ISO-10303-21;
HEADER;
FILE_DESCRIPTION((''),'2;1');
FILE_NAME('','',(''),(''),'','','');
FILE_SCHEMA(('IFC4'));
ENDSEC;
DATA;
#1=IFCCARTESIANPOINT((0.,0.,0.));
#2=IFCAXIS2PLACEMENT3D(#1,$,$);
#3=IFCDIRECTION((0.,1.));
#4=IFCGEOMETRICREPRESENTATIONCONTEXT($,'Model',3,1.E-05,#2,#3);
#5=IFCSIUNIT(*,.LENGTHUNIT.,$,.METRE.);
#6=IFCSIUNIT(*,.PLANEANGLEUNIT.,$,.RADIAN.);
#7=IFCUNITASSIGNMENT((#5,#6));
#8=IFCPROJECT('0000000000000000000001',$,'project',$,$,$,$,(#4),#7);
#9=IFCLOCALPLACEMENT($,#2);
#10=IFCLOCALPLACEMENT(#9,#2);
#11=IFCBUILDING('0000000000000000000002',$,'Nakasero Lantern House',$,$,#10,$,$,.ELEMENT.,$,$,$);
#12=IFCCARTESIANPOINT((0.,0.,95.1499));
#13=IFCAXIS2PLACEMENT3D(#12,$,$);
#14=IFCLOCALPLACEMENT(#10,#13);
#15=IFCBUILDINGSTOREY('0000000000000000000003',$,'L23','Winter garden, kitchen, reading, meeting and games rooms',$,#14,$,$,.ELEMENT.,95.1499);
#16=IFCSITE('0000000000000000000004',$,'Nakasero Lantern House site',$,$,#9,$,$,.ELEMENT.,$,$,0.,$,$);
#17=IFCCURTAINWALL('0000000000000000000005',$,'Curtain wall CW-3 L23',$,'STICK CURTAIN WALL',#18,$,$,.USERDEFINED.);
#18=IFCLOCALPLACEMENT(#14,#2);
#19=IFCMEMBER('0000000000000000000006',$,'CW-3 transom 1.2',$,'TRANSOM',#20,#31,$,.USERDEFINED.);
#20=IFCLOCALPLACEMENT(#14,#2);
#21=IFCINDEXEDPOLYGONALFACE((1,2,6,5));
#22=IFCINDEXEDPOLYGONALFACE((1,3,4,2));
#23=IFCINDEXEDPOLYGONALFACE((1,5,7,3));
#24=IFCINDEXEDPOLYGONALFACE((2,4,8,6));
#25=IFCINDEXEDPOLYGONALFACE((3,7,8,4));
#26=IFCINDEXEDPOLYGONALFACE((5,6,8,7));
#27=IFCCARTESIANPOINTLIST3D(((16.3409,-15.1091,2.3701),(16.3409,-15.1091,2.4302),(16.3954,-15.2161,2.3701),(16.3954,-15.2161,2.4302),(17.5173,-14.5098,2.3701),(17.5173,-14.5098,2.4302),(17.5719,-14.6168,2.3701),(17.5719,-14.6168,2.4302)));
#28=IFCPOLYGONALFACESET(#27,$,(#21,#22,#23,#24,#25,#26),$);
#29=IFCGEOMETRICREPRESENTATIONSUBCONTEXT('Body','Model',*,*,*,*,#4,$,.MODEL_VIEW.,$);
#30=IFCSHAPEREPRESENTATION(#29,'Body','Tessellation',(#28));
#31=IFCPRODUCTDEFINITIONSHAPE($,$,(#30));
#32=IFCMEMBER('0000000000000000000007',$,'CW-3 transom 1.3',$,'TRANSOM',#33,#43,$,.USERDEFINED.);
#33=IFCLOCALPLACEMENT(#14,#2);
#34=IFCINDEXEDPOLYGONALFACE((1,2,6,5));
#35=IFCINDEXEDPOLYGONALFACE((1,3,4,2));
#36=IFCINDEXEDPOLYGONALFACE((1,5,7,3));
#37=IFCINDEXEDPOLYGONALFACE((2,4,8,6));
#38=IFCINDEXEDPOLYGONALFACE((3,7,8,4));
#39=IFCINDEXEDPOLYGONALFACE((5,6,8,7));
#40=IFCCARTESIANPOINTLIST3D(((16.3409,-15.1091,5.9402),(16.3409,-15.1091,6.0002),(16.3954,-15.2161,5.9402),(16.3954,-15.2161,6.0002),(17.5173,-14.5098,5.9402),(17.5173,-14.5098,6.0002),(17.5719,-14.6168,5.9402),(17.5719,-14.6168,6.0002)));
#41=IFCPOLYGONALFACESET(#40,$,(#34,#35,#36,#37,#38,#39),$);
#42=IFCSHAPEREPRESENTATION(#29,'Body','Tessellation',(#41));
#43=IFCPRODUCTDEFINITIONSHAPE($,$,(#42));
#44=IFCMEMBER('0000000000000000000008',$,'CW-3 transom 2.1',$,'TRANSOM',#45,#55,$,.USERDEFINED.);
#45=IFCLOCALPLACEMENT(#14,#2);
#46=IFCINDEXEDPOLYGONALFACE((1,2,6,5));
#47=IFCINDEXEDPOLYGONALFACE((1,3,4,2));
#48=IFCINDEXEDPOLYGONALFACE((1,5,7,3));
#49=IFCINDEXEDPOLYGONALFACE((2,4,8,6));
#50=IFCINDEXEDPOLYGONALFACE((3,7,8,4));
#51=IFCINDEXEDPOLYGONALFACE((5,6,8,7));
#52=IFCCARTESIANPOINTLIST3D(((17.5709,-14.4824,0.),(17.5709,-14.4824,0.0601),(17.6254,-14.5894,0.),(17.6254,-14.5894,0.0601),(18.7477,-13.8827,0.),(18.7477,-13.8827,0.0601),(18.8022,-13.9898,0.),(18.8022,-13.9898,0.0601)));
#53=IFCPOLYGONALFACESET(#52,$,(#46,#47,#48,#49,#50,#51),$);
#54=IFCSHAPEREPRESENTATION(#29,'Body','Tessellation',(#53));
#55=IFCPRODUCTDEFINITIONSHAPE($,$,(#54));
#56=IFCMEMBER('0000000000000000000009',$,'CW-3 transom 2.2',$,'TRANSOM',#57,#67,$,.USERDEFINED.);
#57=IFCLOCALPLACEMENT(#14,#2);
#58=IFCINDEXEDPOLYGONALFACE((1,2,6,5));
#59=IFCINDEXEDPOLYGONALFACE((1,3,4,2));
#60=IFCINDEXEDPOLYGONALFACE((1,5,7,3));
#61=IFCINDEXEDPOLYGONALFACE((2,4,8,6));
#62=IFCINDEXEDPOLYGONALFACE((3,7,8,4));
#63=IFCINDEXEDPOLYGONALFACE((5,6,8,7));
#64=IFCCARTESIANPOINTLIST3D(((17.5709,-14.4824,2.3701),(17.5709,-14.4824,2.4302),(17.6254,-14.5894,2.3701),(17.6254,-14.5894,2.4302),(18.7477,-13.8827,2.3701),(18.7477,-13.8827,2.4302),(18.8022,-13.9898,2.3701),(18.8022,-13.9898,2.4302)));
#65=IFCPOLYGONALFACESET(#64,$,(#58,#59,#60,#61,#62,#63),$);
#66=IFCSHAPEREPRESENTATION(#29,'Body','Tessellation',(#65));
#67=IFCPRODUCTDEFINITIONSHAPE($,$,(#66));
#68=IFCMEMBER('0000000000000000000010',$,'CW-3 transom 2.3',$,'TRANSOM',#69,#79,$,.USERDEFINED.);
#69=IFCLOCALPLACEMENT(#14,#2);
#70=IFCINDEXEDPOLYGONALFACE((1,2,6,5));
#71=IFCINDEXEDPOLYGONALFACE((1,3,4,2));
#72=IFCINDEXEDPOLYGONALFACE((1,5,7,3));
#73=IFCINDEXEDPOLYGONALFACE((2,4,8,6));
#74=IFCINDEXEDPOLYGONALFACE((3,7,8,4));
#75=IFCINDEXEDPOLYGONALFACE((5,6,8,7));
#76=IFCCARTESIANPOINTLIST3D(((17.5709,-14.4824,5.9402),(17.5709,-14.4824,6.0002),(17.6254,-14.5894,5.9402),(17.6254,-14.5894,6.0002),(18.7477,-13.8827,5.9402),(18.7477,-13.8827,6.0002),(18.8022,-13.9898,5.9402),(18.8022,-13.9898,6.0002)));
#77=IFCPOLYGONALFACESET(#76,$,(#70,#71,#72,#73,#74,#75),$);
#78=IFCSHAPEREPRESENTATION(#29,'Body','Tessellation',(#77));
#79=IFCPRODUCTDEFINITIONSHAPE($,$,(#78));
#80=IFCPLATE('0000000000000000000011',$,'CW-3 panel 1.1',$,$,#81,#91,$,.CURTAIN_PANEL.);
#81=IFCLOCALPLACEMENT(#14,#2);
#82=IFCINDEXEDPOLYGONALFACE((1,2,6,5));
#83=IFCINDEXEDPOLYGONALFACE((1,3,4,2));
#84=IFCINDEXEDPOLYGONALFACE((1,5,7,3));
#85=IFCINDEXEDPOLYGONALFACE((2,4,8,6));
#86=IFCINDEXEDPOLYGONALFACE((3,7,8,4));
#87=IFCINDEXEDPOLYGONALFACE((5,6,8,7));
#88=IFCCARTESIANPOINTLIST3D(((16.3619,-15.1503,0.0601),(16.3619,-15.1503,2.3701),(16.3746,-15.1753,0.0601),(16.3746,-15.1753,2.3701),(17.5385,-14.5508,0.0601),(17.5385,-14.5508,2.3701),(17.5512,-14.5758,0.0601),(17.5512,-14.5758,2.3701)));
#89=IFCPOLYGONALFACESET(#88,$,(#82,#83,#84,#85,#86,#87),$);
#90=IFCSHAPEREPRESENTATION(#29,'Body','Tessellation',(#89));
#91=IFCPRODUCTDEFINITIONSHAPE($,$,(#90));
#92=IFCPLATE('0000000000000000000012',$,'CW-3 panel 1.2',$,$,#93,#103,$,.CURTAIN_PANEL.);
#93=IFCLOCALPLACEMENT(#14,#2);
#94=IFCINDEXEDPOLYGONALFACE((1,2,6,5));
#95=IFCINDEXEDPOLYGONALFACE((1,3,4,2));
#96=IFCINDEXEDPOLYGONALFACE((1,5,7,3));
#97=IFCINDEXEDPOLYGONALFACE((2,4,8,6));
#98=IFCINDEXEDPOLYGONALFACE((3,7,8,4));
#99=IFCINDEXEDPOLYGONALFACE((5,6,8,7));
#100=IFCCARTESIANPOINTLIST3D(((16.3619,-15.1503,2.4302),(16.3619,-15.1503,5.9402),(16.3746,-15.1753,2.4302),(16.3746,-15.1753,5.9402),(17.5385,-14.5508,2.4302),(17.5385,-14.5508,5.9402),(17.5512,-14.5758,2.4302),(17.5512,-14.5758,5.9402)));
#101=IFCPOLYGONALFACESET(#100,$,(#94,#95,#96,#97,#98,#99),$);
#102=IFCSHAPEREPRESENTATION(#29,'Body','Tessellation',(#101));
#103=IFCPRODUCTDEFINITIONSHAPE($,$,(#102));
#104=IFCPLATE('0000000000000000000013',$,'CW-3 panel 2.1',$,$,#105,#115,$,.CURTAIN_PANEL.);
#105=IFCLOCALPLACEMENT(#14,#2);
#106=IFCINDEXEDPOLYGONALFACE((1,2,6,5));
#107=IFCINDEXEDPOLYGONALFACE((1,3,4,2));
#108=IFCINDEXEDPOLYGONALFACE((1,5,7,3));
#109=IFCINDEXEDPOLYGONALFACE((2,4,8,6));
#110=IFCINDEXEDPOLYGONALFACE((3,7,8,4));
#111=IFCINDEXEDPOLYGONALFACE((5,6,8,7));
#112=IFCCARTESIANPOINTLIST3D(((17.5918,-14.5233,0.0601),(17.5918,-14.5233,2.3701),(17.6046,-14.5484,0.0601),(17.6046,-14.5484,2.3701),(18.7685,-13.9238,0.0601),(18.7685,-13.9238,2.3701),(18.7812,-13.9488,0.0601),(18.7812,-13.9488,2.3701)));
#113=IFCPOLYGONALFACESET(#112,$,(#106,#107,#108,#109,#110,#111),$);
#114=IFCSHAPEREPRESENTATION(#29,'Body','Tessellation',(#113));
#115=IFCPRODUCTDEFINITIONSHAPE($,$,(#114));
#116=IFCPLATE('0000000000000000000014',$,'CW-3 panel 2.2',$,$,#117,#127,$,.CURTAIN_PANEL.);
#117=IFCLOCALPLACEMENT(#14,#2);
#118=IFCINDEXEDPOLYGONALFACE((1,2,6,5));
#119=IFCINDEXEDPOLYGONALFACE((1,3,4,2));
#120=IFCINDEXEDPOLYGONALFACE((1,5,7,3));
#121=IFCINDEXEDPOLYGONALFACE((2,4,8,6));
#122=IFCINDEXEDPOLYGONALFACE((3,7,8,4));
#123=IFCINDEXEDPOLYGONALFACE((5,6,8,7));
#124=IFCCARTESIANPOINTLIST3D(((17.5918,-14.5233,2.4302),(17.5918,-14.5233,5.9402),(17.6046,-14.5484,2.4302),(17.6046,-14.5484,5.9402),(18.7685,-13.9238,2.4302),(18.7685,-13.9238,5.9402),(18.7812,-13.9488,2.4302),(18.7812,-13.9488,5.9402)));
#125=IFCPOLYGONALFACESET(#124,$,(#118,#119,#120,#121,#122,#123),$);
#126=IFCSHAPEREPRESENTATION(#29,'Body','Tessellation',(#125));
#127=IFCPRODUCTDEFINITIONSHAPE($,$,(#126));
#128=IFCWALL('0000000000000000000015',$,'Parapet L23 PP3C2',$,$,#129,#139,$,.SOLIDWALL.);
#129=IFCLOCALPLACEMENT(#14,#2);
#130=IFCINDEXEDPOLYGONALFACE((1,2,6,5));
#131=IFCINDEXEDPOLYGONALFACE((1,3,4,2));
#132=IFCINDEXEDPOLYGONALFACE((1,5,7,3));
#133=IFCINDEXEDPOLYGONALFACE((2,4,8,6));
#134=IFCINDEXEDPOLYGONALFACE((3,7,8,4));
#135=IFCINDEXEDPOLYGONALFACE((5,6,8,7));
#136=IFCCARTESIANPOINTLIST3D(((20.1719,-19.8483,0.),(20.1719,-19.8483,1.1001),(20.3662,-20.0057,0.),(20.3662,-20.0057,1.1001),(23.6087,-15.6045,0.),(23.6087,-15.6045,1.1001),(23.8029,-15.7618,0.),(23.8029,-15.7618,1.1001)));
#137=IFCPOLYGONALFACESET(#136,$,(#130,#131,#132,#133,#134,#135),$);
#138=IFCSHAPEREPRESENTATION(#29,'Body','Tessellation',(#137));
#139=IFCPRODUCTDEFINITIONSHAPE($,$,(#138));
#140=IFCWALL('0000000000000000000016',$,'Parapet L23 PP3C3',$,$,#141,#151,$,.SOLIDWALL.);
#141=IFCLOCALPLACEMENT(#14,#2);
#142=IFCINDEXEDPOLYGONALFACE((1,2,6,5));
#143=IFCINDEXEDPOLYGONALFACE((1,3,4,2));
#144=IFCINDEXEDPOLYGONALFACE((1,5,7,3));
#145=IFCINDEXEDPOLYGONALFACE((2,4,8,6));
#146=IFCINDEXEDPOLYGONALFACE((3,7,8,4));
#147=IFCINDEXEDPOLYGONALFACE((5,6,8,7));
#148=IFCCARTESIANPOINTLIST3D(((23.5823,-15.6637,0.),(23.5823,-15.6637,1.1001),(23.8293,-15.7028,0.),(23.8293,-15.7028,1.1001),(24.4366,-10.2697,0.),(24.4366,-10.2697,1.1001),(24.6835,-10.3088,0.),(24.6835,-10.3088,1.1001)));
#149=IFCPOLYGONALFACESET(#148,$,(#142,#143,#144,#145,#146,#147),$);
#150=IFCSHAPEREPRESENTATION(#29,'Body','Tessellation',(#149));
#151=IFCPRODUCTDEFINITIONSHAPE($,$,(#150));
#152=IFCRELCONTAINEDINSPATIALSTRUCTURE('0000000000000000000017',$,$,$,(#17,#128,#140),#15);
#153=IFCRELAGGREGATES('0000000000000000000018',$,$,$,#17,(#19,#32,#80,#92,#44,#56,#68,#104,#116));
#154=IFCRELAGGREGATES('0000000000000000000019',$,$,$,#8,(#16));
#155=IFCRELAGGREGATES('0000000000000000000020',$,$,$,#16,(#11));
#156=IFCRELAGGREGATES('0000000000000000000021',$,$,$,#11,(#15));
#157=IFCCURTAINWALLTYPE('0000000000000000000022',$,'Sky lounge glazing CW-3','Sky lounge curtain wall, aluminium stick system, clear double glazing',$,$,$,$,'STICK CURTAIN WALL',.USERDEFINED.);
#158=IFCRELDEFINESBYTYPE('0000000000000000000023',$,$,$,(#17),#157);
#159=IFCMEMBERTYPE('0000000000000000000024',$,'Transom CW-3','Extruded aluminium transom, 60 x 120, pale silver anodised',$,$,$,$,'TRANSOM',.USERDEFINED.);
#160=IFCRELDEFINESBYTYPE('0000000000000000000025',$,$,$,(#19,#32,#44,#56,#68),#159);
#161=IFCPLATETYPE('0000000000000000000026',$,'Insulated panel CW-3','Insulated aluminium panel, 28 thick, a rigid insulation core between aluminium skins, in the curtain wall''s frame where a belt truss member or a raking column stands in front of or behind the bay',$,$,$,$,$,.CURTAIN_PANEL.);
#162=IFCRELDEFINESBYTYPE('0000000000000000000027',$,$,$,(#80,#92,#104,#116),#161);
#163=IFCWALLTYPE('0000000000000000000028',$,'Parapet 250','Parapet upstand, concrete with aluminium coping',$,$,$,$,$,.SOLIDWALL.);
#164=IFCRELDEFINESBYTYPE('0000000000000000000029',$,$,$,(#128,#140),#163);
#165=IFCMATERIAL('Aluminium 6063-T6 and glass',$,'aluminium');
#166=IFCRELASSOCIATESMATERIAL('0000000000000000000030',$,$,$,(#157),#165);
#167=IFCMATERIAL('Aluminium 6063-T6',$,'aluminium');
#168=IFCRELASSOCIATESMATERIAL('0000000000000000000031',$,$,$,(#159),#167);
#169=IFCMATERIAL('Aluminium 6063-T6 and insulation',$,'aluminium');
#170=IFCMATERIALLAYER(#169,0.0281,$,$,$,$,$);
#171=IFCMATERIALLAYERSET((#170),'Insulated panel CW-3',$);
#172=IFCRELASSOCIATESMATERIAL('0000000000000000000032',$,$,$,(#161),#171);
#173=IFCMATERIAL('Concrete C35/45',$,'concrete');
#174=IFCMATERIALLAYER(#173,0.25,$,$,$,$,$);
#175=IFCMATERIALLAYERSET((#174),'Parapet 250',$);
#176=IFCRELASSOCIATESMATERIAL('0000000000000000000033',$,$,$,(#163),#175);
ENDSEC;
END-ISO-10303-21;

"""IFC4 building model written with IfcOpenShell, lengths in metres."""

from ifc_helpers import new_model, si_unit, direction, frame, frame_2d, origin, origin_2d, place, context, subcontext, project, spatial, rectangle, extrude, material, layer, layer_set, material_profile, profile_set, type_object, element, aggregate, save


model = new_model("IFC4")

# Units and contexts
model_context = context("Model", 3, precision=1e-05, world=origin(), true_north=direction((0.0, 1.0)))
body_context = subcontext(model_context, "Body", "Model", "MODEL_VIEW")
ifc_project = project(units=[si_unit("LENGTHUNIT", "METRE"), si_unit("PLANEANGLEUNIT", "RADIAN")], contexts=[model_context])

# Site, building, storey
site_placement = place(None, origin())
site = spatial("IfcSite", under=ifc_project, at=site_placement, Name="Nakasero Lantern House site", CompositionType="ELEMENT", RefElevation=0.0)
building_placement = place(site_placement, origin())
building = spatial("IfcBuilding", under=site, at=building_placement, Name="Nakasero Lantern House", CompositionType="ELEMENT")
storey_placement = place(building_placement, frame((0.0, 0.0, 95.1499)))
storey = spatial("IfcBuildingStorey", under=building, at=storey_placement, Name="L23", Description="Winter garden, kitchen, reading, meeting and games rooms", CompositionType="ELEMENT", Elevation=95.1499)

# Shared definitions
ifc_material_1 = material(Name="Aluminium 6063-T6 and glass", Category="aluminium")
curtain_wall_type = type_object("IfcCurtainWallType", Name="Sky lounge glazing CW-3", Description="Sky lounge curtain wall, aluminium stick system, clear double glazing", ElementType="STICK CURTAIN WALL", PredefinedType="USERDEFINED", material=ifc_material_1)

# Curtain wall
curtain_wall_1_placement = place(storey_placement, origin())
curtain_wall_1 = element("IfcCurtainWall", 1, at=curtain_wall_1_placement, inside=storey, type_object=curtain_wall_type, Name="Curtain wall CW-3 L23", ObjectType="STICK CURTAIN WALL", PredefinedType="USERDEFINED")

# Members
ifc_material_2 = material(Name="Aluminium 6063-T6", Category="aluminium")
ifc_material_profile_1 = material_profile(ifc_material_2, rectangle(XDim=0.0601, YDim=0.1201, at=origin_2d()), Name="CW-3 transom 60x120")
ifc_profile_set_1 = profile_set([ifc_material_profile_1], Name="Aluminium 6063-T6")
member_type_1 = type_object("IfcMemberType", Name="Transom CW-3", Description="Extruded aluminium transom, 60 x 120, pale silver anodised", ElementType="TRANSOM", PredefinedType="USERDEFINED", material=ifc_profile_set_1)
member_1_placement = place(storey_placement, frame((16.3682, -15.1626, 2.4001), z_axis=(0.891037, 0.453931, 0.0), x_axis=(0.0, 0.0, 1.0)))
member_1 = element("IfcMember", 2, at=member_1_placement, type_object=member_type_1, Name="CW-3 transom 1.2", ObjectType="TRANSOM", PredefinedType="USERDEFINED", context=body_context, shape_type="SweptSolid", body=[
    extrude(rectangle(XDim=0.0601, YDim=0.1201, at=origin_2d()), origin(), (0.0, 0.0, 1.0), 1.3203),
])
member_2_placement = place(storey_placement, frame((16.3682, -15.1626, 5.9702), z_axis=(0.891037, 0.453931, 0.0), x_axis=(0.0, 0.0, 1.0)))
member_2 = element("IfcMember", 3, at=member_2_placement, type_object=member_type_1, Name="CW-3 transom 1.3", ObjectType="TRANSOM", PredefinedType="USERDEFINED", context=body_context, shape_type="SweptSolid", body=[
    extrude(rectangle(XDim=0.0601, YDim=0.1201, at=origin_2d()), origin(), (0.0, 0.0, 1.0), 1.3203),
])
member_3_placement = place(storey_placement, frame((17.5981, -14.5359, 0.03), z_axis=(0.891, 0.454003, 0.0), x_axis=(0.0, 0.0, 1.0)))
member_3 = element("IfcMember", 4, at=member_3_placement, type_object=member_type_1, Name="CW-3 transom 2.1", ObjectType="TRANSOM", PredefinedType="USERDEFINED", context=body_context, shape_type="SweptSolid", body=[
    extrude(rectangle(XDim=0.0601, YDim=0.1201, at=origin_2d()), origin(), (0.0, 0.0, 1.0), 1.3208),
])
member_4_placement = place(storey_placement, frame((17.5981, -14.5359, 2.4001), z_axis=(0.891, 0.454003, 0.0), x_axis=(0.0, 0.0, 1.0)))
member_4 = element("IfcMember", 5, at=member_4_placement, type_object=member_type_1, Name="CW-3 transom 2.2", ObjectType="TRANSOM", PredefinedType="USERDEFINED", context=body_context, shape_type="SweptSolid", body=[
    extrude(rectangle(XDim=0.0601, YDim=0.1201, at=origin_2d()), origin(), (0.0, 0.0, 1.0), 1.3208),
])
member_5_placement = place(storey_placement, frame((17.5981, -14.5359, 5.9702), z_axis=(0.891, 0.454003, 0.0), x_axis=(0.0, 0.0, 1.0)))
member_5 = element("IfcMember", 6, at=member_5_placement, type_object=member_type_1, Name="CW-3 transom 2.3", ObjectType="TRANSOM", PredefinedType="USERDEFINED", context=body_context, shape_type="SweptSolid", body=[
    extrude(rectangle(XDim=0.0601, YDim=0.1201, at=origin_2d()), origin(), (0.0, 0.0, 1.0), 1.3208),
])

# Plates
ifc_material_3 = material(Name="Aluminium 6063-T6 and insulation", Category="aluminium")
ifc_layer_1 = layer(ifc_material_3, 0.0281)
ifc_layer_set_1 = layer_set([ifc_layer_1], Name="Insulated panel CW-3")
plate_type = type_object("IfcPlateType", Name="Insulated panel CW-3", Description="Insulated aluminium panel, 28 thick, a rigid insulation core between aluminium skins, in the curtain wall's frame where a belt truss member or a raking column stands in front of or behind the bay", PredefinedType="CURTAIN_PANEL", material=ifc_layer_set_1)
plate_1_placement = place(storey_placement, frame((16.9565, -14.863, 0.0601), z_axis=(0.0, 0.0, 1.0), x_axis=(0.891007, 0.45399, 0.0)))
plate_1 = element("IfcPlate", 7, at=plate_1_placement, type_object=plate_type, Name="CW-3 panel 1.1", PredefinedType="CURTAIN_PANEL", context=body_context, shape_type="SweptSolid", body=[
    extrude(rectangle(XDim=1.3206, YDim=0.0281, at=origin_2d()), origin(), (0.0, 0.0, 1.0), 2.3101),
])
plate_2_placement = place(storey_placement, frame((16.9565, -14.863, 2.4302), z_axis=(0.0, 0.0, 1.0), x_axis=(0.891007, 0.45399, 0.0)))
plate_2 = element("IfcPlate", 8, at=plate_2_placement, type_object=plate_type, Name="CW-3 panel 1.2", PredefinedType="CURTAIN_PANEL", context=body_context, shape_type="SweptSolid", body=[
    extrude(rectangle(XDim=1.3206, YDim=0.0281, at=origin_2d()), origin(), (0.0, 0.0, 1.0), 3.51),
])
plate_3_placement = place(storey_placement, frame((18.1865, -14.2361, 0.0601), z_axis=(0.0, 0.0, 1.0), x_axis=(0.891007, 0.45399, 0.0)))
plate_3 = element("IfcPlate", 9, at=plate_3_placement, type_object=plate_type, Name="CW-3 panel 2.1", PredefinedType="CURTAIN_PANEL", context=body_context, shape_type="SweptSolid", body=[
    extrude(rectangle(XDim=1.3206, YDim=0.0281, at=origin_2d()), origin(), (0.0, 0.0, 1.0), 2.3101),
])
plate_4_placement = place(storey_placement, frame((18.1865, -14.2361, 2.4302), z_axis=(0.0, 0.0, 1.0), x_axis=(0.891007, 0.45399, 0.0)))
plate_4 = element("IfcPlate", 10, at=plate_4_placement, type_object=plate_type, Name="CW-3 panel 2.2", PredefinedType="CURTAIN_PANEL", context=body_context, shape_type="SweptSolid", body=[
    extrude(rectangle(XDim=1.3206, YDim=0.0281, at=origin_2d()), origin(), (0.0, 0.0, 1.0), 3.51),
])
aggregate(curtain_wall_1, [member_1, member_2, plate_1, plate_2, member_3, member_4, member_5, plate_3, plate_4])

# Walls
ifc_material_4 = material(Name="Concrete C35/45", Category="concrete")
ifc_layer_2 = layer(ifc_material_4, 0.25)
ifc_layer_set_2 = layer_set([ifc_layer_2], Name="Parapet 250")
wall_type = type_object("IfcWallType", Name="Parapet 250", Description="Parapet upstand, concrete with aluminium coping", PredefinedType="SOLIDWALL", material=ifc_layer_set_2)
wall_1_placement = place(storey_placement, frame((20.269, -19.927, 0.0), z_axis=(0.0, 0.0, 1.0), x_axis=(0.629335, 0.777135, 0.0)))
element("IfcWall", 11, at=wall_1_placement, inside=storey, type_object=wall_type, Name="Parapet L23 PP3C2", PredefinedType="SOLIDWALL", context=body_context, shape_type="SweptSolid", body=[
    extrude(rectangle(XDim=5.4609, YDim=0.25, at=frame_2d((2.7305, 0.0))), origin(), (0.0, 0.0, 1.0), 1.1001),
])
wall_2_placement = place(storey_placement, frame((23.7058, -15.6831, 0.0), z_axis=(0.0, 0.0, 1.0), x_axis=(0.156419, 0.987691, 0.0)))
element("IfcWall", 12, at=wall_2_placement, inside=storey, type_object=wall_type, Name="Parapet L23 PP3C3", PredefinedType="SOLIDWALL", context=body_context, shape_type="SweptSolid", body=[
    extrude(rectangle(XDim=5.4612, YDim=0.25, at=frame_2d((2.7305, 0.0))), origin(), (0.0, 0.0, 1.0), 1.1001),
])

save(model, "model.ifc")
